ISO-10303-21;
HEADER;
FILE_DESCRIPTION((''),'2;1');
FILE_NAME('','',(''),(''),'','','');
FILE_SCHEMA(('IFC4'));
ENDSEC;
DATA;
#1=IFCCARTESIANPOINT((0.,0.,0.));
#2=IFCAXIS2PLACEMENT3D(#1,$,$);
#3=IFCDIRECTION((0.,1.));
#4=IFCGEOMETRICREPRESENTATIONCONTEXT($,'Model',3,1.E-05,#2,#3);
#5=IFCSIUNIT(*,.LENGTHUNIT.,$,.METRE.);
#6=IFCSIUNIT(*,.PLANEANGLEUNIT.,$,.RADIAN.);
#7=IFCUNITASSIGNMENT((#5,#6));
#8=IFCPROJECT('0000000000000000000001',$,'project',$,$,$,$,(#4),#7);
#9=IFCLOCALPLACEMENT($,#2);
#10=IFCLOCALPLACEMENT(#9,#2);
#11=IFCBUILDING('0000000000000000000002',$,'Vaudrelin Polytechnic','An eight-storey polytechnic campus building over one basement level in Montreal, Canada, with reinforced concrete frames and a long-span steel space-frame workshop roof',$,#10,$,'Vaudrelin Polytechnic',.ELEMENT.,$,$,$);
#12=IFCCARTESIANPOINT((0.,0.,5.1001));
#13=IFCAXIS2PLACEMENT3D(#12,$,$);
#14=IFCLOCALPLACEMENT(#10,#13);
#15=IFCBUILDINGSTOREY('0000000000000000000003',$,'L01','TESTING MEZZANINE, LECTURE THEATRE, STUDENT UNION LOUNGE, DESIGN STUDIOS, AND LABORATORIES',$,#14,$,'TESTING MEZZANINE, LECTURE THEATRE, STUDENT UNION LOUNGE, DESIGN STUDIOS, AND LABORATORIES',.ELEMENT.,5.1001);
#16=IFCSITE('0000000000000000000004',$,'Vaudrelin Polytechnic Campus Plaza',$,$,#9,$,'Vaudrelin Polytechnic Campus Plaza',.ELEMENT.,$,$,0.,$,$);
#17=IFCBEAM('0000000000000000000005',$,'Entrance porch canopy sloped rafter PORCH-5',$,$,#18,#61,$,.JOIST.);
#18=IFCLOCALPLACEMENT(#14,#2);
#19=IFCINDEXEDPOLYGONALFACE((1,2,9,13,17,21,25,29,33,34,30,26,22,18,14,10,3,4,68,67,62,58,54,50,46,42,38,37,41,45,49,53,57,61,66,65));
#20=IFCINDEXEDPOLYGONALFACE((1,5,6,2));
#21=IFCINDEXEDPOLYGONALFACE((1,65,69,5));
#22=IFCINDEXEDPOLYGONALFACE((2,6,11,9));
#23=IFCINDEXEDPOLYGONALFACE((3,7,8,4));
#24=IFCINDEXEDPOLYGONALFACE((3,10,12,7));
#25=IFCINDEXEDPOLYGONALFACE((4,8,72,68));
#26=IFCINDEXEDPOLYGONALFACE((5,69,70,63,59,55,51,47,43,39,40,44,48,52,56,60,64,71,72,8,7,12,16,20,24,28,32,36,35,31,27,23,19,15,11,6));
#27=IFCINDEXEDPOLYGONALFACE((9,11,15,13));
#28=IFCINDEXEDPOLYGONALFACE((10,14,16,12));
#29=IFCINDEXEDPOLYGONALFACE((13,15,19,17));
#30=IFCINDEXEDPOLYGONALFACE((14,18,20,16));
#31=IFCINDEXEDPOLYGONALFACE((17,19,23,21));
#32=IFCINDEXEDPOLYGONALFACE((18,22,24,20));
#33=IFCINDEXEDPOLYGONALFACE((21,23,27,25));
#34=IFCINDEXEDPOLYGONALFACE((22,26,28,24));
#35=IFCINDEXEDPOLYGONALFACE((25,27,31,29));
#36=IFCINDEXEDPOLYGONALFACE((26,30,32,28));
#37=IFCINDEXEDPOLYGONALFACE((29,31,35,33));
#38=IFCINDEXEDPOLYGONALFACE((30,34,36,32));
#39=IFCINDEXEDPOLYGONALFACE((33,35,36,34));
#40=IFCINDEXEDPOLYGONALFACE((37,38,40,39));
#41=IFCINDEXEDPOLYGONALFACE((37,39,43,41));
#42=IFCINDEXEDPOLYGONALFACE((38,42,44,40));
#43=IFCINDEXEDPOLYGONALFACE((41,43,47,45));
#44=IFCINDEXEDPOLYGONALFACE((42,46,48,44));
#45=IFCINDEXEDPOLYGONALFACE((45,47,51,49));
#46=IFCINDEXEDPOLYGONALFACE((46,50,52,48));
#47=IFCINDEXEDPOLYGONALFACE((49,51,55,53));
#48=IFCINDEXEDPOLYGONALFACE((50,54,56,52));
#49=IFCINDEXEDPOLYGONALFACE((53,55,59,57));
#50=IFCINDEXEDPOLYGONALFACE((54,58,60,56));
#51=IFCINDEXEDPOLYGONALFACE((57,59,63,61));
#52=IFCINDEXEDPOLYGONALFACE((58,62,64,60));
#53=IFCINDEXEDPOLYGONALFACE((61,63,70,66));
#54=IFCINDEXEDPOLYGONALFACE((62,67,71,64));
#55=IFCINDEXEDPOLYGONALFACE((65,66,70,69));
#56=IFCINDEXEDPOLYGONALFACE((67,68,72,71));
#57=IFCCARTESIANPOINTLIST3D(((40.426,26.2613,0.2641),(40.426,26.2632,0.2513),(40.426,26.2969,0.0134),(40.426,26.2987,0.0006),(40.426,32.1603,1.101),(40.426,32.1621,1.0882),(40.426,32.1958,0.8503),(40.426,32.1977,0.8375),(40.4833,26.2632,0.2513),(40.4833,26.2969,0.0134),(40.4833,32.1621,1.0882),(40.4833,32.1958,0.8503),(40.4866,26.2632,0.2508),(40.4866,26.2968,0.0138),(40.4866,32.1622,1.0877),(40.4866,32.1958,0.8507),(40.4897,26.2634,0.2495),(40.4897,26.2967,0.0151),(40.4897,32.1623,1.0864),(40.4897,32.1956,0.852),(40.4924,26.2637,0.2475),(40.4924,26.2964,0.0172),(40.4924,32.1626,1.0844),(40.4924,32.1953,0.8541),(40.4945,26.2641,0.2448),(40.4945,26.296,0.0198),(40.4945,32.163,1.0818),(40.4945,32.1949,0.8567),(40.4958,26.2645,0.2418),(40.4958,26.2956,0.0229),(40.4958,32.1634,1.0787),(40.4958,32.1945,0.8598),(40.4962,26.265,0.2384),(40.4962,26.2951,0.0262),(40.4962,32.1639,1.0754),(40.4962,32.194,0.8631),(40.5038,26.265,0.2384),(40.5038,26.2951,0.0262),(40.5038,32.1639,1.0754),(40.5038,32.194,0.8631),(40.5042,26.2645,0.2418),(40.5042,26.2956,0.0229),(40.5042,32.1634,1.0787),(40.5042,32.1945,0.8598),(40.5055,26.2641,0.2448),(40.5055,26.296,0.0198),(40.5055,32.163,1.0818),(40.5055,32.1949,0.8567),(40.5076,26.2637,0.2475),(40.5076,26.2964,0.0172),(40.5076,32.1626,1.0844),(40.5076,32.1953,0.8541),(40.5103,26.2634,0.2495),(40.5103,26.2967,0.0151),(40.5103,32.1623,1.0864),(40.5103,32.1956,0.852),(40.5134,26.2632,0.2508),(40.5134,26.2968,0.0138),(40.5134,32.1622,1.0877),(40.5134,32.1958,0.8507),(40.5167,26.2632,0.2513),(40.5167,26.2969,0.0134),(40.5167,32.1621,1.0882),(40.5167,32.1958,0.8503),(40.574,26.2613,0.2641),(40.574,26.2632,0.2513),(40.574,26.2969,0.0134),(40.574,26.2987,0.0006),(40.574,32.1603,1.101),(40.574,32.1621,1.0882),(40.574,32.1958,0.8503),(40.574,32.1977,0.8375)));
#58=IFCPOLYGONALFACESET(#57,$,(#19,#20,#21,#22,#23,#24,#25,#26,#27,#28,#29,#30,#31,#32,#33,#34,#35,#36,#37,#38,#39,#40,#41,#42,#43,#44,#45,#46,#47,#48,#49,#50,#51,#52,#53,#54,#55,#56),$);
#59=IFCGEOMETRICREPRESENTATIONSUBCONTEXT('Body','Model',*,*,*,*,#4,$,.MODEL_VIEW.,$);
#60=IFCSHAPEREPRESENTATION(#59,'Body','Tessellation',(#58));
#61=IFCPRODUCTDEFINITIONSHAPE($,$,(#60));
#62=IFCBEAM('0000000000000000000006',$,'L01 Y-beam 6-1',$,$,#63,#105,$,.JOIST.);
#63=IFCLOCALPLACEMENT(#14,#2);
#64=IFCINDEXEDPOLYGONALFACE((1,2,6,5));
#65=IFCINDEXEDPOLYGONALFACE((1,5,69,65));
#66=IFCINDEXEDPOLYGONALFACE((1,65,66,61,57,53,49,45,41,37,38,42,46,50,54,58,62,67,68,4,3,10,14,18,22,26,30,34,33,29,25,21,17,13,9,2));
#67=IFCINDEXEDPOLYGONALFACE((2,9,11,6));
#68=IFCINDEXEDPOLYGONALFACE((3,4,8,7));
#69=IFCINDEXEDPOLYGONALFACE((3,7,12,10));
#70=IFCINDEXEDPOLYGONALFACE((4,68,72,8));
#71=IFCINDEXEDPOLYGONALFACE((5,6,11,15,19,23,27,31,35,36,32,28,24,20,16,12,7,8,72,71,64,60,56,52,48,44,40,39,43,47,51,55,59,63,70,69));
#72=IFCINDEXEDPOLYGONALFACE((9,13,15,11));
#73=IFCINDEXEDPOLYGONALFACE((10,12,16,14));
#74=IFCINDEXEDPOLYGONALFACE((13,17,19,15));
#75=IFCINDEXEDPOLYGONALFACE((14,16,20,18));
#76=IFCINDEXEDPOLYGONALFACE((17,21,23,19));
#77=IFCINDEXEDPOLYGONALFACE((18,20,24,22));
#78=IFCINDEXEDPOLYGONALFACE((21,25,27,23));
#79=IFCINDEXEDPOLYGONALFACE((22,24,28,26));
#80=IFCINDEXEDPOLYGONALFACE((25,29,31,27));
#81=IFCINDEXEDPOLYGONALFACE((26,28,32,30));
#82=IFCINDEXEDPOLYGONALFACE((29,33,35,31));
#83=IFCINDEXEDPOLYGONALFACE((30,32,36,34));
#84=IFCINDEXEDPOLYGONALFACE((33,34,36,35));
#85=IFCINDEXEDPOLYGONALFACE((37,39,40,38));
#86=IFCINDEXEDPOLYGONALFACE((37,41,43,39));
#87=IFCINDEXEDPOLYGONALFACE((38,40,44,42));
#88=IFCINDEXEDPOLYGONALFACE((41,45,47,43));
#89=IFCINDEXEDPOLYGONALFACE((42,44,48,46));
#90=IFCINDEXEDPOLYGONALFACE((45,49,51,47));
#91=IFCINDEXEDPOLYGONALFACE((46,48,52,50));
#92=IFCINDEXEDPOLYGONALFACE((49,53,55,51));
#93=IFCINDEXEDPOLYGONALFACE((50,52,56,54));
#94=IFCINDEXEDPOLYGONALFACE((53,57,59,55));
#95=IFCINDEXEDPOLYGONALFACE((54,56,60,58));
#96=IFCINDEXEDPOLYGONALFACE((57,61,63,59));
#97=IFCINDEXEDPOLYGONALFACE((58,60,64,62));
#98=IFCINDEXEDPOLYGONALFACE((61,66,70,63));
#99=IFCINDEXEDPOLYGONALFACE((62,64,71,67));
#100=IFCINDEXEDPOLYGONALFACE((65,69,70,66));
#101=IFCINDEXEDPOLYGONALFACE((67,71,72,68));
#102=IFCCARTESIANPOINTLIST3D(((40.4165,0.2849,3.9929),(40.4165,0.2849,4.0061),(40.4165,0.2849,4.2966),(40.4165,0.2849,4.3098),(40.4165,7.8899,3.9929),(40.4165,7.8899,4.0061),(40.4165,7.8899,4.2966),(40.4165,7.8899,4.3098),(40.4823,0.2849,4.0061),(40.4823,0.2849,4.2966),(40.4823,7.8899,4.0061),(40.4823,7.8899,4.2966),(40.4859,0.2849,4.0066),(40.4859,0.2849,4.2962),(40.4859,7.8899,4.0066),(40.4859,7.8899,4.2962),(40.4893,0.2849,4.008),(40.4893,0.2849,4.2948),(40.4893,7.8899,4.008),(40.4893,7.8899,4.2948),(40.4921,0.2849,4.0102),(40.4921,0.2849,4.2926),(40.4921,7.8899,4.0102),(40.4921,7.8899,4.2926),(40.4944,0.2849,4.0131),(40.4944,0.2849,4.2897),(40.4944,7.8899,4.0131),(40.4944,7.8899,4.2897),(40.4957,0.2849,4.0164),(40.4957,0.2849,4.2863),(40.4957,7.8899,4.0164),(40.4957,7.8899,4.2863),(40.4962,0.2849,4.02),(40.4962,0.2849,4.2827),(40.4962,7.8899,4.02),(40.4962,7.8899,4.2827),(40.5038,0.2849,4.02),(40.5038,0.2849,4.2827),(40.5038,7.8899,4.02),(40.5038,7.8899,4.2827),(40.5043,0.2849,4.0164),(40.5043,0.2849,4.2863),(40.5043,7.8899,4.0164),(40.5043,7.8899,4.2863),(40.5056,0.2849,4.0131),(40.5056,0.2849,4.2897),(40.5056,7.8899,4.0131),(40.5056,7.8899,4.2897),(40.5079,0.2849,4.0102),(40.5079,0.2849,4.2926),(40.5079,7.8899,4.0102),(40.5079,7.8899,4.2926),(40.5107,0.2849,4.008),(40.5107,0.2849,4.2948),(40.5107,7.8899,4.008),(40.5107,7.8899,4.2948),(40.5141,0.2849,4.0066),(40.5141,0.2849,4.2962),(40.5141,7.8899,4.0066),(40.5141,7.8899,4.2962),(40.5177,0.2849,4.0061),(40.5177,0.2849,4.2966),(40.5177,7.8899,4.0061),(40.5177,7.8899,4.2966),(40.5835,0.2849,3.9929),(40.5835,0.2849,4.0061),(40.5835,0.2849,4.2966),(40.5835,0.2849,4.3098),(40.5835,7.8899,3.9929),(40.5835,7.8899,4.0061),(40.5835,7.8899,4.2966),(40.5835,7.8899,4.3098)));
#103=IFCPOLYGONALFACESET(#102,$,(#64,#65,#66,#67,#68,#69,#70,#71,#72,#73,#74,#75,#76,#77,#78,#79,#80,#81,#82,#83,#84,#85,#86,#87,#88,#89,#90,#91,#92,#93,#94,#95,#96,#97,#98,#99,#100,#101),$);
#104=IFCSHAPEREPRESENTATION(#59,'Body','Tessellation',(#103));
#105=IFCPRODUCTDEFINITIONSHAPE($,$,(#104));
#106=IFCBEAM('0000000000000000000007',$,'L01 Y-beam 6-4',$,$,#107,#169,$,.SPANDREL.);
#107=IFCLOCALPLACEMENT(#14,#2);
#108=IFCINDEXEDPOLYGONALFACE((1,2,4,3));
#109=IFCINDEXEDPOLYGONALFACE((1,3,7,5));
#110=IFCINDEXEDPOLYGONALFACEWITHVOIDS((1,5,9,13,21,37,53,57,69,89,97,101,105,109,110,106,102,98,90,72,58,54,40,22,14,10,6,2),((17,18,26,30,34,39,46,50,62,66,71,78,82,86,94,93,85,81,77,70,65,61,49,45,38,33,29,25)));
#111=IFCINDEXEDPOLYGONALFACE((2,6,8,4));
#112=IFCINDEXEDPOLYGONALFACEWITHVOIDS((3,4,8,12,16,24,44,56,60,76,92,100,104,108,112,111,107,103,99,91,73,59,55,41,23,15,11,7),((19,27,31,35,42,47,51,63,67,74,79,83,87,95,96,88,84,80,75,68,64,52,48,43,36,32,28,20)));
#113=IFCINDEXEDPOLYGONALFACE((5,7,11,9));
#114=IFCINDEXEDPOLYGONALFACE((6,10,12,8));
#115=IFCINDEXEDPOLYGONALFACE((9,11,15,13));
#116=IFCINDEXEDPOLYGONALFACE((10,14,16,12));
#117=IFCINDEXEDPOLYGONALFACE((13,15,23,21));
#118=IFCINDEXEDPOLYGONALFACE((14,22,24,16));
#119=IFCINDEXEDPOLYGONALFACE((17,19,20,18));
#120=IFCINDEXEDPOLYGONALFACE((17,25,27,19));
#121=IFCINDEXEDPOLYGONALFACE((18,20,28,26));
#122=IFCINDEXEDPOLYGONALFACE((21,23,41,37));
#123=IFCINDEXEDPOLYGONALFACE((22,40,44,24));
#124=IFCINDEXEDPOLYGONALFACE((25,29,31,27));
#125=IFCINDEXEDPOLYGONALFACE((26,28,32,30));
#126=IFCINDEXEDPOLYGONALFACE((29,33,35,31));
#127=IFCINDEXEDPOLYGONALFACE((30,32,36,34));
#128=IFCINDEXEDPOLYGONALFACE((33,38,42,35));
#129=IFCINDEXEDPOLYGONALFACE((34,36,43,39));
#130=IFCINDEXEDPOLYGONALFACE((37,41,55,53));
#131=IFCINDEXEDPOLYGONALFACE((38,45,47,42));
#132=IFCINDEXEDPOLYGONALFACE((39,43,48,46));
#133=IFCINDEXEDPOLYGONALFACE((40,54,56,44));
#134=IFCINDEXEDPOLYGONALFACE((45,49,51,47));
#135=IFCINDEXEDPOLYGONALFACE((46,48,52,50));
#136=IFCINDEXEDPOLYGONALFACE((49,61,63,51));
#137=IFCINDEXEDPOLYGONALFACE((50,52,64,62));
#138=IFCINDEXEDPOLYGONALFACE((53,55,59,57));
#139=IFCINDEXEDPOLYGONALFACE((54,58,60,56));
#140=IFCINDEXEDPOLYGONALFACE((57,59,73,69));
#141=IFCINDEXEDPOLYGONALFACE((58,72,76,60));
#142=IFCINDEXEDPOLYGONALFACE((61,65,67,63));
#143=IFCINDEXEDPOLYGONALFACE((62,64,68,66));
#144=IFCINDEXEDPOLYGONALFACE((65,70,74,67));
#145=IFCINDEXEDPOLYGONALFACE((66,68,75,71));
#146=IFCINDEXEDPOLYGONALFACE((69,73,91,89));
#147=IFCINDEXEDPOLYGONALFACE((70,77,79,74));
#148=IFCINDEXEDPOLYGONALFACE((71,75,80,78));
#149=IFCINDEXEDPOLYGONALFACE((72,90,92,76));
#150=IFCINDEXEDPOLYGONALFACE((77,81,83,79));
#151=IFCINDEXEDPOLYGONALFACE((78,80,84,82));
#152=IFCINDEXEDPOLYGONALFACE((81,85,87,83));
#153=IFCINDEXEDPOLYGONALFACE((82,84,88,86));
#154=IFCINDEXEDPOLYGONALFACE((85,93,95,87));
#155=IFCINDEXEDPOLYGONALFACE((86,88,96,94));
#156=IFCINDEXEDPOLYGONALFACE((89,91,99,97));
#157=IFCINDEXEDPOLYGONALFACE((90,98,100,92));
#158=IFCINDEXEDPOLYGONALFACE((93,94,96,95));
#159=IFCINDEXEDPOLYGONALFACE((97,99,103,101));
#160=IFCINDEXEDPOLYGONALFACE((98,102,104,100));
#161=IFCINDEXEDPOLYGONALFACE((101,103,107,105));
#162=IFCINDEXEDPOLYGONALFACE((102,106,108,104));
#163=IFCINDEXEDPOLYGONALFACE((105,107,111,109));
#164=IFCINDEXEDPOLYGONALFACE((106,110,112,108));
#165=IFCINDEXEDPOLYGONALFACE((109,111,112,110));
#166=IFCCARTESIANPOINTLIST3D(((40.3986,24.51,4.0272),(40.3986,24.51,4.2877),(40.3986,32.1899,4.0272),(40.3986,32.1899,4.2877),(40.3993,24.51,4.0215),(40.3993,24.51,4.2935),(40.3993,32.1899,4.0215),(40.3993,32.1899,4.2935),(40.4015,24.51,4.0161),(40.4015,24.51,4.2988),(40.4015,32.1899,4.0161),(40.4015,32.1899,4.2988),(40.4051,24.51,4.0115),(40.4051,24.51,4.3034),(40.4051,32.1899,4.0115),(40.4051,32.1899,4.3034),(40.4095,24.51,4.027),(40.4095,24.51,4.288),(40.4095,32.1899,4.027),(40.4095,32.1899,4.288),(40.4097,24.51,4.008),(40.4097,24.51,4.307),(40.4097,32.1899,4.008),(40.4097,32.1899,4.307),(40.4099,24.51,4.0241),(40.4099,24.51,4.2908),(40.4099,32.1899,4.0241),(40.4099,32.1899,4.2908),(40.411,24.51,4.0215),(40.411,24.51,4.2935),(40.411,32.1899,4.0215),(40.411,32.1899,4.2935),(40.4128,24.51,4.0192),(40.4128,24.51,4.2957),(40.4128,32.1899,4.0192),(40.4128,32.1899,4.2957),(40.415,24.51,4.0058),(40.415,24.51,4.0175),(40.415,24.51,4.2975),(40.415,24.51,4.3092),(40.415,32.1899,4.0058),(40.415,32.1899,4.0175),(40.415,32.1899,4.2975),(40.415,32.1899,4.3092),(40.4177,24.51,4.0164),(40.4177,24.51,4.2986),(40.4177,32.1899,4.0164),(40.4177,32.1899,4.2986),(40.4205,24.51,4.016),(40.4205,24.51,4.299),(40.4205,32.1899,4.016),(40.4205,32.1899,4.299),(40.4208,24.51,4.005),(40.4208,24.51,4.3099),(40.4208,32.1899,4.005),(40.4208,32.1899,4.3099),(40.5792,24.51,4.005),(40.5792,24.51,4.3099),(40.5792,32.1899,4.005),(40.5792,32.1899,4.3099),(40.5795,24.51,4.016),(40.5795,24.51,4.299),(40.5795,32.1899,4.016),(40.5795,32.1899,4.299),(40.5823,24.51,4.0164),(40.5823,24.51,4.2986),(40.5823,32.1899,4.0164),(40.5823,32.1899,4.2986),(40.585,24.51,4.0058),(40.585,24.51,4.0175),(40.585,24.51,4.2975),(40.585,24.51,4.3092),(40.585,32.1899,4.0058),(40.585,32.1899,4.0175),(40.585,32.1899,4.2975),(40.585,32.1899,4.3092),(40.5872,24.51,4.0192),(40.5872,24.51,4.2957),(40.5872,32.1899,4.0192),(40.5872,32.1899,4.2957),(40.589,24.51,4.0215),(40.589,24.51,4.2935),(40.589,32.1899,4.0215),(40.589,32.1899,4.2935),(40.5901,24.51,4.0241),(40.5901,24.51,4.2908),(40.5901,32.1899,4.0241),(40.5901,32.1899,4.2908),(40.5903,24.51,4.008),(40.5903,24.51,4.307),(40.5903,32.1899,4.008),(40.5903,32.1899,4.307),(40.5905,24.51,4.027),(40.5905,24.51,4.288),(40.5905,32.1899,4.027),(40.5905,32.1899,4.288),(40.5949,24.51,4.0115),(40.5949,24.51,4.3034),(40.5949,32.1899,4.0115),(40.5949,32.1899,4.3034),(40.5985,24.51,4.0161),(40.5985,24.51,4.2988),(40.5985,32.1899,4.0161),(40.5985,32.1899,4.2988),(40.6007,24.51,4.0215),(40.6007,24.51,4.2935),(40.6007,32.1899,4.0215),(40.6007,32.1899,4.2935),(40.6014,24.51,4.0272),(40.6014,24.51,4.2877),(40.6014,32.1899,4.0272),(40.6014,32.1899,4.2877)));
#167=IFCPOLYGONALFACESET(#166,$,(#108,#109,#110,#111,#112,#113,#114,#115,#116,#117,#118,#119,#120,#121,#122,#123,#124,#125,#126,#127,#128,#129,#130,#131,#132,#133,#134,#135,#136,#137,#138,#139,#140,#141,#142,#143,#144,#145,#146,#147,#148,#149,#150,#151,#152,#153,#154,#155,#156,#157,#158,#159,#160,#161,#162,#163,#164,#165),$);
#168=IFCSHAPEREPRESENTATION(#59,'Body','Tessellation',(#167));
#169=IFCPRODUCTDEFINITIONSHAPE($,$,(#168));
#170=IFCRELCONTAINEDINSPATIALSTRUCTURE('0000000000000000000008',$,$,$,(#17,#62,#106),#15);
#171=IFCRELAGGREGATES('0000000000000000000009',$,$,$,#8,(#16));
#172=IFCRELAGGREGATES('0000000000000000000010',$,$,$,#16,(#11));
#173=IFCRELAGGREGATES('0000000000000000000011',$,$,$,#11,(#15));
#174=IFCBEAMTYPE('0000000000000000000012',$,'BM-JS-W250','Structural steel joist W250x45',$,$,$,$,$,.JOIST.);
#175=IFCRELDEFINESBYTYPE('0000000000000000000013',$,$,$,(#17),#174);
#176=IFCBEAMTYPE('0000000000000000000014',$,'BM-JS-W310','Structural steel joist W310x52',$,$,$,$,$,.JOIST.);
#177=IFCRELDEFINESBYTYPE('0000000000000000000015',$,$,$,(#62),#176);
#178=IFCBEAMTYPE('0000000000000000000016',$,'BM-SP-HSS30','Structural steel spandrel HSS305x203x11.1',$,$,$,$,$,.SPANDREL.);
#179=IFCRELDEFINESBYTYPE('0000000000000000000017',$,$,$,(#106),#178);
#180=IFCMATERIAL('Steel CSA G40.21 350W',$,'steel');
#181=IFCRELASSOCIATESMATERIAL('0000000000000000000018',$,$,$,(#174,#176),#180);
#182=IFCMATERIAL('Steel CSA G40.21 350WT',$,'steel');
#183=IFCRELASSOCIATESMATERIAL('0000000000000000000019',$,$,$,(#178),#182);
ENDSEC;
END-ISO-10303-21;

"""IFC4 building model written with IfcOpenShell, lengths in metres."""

from ifc_helpers import new_model, si_unit, direction, frame, origin, origin_2d, place, context, subcontext, project, spatial, hollow_rectangle, i_section, extrude, material, material_profile, profile_set, type_object, element, save


model = new_model("IFC4")

# Units and contexts
model_context = context("Model", 3, precision=1e-05, world=origin(), true_north=direction((0.0, 1.0)))
body_context = subcontext(model_context, "Body", "Model", "MODEL_VIEW")
ifc_project = project(units=[si_unit("LENGTHUNIT", "METRE"), si_unit("PLANEANGLEUNIT", "RADIAN")], contexts=[model_context])

# Site, building, storey
site_placement = place(None, origin())
site = spatial("IfcSite", under=ifc_project, at=site_placement, Name="Vaudrelin Polytechnic Campus Plaza", LongName="Vaudrelin Polytechnic Campus Plaza", CompositionType="ELEMENT", RefElevation=0.0)
building_placement = place(site_placement, origin())
building = spatial("IfcBuilding", under=site, at=building_placement, Name="Vaudrelin Polytechnic", Description="An eight-storey polytechnic campus building over one basement level in Montreal, Canada, with reinforced concrete frames and a long-span steel space-frame workshop roof", LongName="Vaudrelin Polytechnic", CompositionType="ELEMENT")
storey_placement = place(building_placement, frame((0.0, 0.0, 5.1001)))
storey = spatial("IfcBuildingStorey", under=building, at=storey_placement, Name="L01", Description="TESTING MEZZANINE, LECTURE THEATRE, STUDENT UNION LOUNGE, DESIGN STUDIOS, AND LABORATORIES", LongName="TESTING MEZZANINE, LECTURE THEATRE, STUDENT UNION LOUNGE, DESIGN STUDIOS, AND LABORATORIES", CompositionType="ELEMENT", Elevation=5.1001)

# Beams
ifc_material_1 = material(Name="Steel CSA G40.21 350W", Category="steel")
ifc_material_profile_1 = material_profile(ifc_material_1, i_section(OverallWidth=0.1479, OverallDepth=0.2661, WebThickness=0.0076, FlangeThickness=0.0129, FilletRadius=0.0129, at=origin_2d()), Name="W250x45")
ifc_profile_set_1 = profile_set([ifc_material_profile_1], Name="Steel CSA G40.21 350W")
beam_type_1 = type_object("IfcBeamType", Name="BM-JS-W250", Description="Structural steel joist W250x45", PredefinedType="JOIST", material=ifc_profile_set_1)
for number, where, z_axis, x_axis, name in (
    (1, (40.5, 26.28, 0.1323), (0.0, 0.990085, 0.140469), (-1.0, 0.0, 0.0), "Entrance porch canopy sloped rafter PORCH-5"),
):
    element("IfcBeam", number, at=place(storey_placement, frame(where, z_axis=z_axis, x_axis=x_axis)), inside=storey, type_object=beam_type_1, Name=name, PredefinedType="JOIST", context=body_context, shape_type="SweptSolid", body=[
        extrude(i_section(OverallWidth=0.1479, OverallDepth=0.2661, WebThickness=0.0076, FlangeThickness=0.0129, FilletRadius=0.0129, at=origin_2d()), origin(), (0.0, 0.0, 1.0), 5.958),
    ])
ifc_material_profile_2 = material_profile(ifc_material_1, i_section(OverallWidth=0.167, OverallDepth=0.3169, WebThickness=0.0076, FlangeThickness=0.0132, FilletRadius=0.0139, at=origin_2d()), Name="W310x52")
ifc_profile_set_2 = profile_set([ifc_material_profile_2], Name="Steel CSA G40.21 350W")
beam_type_2 = type_object("IfcBeamType", Name="BM-JS-W310", Description="Structural steel joist W310x52", PredefinedType="JOIST", material=ifc_profile_set_2)
beam_1_placement = place(storey_placement, frame((40.5, 0.2849, 4.1514), z_axis=(0.0, 1.0, 0.0), x_axis=(-1.0, 0.0, 0.0)))
element("IfcBeam", 2, at=beam_1_placement, inside=storey, type_object=beam_type_2, Name="L01 Y-beam 6-1", PredefinedType="JOIST", context=body_context, shape_type="SweptSolid", body=[
    extrude(i_section(OverallWidth=0.167, OverallDepth=0.3169, WebThickness=0.0076, FlangeThickness=0.0132, FilletRadius=0.0139, at=origin_2d()), origin(), (0.0, 0.0, 1.0), 7.605),
])
ifc_material_2 = material(Name="Steel CSA G40.21 350WT", Category="steel")
ifc_material_profile_3 = material_profile(ifc_material_2, hollow_rectangle(XDim=0.2029, YDim=0.3049, WallThickness=0.011, InnerFilletRadius=0.011, OuterFilletRadius=0.0222, at=origin_2d()), Name="HSS305x203x11.1")
ifc_profile_set_3 = profile_set([ifc_material_profile_3], Name="Steel CSA G40.21 350WT")
beam_type_3 = type_object("IfcBeamType", Name="BM-SP-HSS30", Description="Structural steel spandrel HSS305x203x11.1", PredefinedType="SPANDREL", material=ifc_profile_set_3)
beam_2_placement = place(storey_placement, frame((40.5, 24.51, 4.1575), z_axis=(0.0, 1.0, 0.0), x_axis=(-1.0, 0.0, 0.0)))
element("IfcBeam", 3, at=beam_2_placement, inside=storey, type_object=beam_type_3, Name="L01 Y-beam 6-4", PredefinedType="SPANDREL", context=body_context, shape_type="SweptSolid", body=[
    extrude(hollow_rectangle(XDim=0.2029, YDim=0.3049, WallThickness=0.011, InnerFilletRadius=0.011, OuterFilletRadius=0.0222, at=origin_2d()), origin(), (0.0, 0.0, 1.0), 7.6799),
])

save(model, "model.ifc")
